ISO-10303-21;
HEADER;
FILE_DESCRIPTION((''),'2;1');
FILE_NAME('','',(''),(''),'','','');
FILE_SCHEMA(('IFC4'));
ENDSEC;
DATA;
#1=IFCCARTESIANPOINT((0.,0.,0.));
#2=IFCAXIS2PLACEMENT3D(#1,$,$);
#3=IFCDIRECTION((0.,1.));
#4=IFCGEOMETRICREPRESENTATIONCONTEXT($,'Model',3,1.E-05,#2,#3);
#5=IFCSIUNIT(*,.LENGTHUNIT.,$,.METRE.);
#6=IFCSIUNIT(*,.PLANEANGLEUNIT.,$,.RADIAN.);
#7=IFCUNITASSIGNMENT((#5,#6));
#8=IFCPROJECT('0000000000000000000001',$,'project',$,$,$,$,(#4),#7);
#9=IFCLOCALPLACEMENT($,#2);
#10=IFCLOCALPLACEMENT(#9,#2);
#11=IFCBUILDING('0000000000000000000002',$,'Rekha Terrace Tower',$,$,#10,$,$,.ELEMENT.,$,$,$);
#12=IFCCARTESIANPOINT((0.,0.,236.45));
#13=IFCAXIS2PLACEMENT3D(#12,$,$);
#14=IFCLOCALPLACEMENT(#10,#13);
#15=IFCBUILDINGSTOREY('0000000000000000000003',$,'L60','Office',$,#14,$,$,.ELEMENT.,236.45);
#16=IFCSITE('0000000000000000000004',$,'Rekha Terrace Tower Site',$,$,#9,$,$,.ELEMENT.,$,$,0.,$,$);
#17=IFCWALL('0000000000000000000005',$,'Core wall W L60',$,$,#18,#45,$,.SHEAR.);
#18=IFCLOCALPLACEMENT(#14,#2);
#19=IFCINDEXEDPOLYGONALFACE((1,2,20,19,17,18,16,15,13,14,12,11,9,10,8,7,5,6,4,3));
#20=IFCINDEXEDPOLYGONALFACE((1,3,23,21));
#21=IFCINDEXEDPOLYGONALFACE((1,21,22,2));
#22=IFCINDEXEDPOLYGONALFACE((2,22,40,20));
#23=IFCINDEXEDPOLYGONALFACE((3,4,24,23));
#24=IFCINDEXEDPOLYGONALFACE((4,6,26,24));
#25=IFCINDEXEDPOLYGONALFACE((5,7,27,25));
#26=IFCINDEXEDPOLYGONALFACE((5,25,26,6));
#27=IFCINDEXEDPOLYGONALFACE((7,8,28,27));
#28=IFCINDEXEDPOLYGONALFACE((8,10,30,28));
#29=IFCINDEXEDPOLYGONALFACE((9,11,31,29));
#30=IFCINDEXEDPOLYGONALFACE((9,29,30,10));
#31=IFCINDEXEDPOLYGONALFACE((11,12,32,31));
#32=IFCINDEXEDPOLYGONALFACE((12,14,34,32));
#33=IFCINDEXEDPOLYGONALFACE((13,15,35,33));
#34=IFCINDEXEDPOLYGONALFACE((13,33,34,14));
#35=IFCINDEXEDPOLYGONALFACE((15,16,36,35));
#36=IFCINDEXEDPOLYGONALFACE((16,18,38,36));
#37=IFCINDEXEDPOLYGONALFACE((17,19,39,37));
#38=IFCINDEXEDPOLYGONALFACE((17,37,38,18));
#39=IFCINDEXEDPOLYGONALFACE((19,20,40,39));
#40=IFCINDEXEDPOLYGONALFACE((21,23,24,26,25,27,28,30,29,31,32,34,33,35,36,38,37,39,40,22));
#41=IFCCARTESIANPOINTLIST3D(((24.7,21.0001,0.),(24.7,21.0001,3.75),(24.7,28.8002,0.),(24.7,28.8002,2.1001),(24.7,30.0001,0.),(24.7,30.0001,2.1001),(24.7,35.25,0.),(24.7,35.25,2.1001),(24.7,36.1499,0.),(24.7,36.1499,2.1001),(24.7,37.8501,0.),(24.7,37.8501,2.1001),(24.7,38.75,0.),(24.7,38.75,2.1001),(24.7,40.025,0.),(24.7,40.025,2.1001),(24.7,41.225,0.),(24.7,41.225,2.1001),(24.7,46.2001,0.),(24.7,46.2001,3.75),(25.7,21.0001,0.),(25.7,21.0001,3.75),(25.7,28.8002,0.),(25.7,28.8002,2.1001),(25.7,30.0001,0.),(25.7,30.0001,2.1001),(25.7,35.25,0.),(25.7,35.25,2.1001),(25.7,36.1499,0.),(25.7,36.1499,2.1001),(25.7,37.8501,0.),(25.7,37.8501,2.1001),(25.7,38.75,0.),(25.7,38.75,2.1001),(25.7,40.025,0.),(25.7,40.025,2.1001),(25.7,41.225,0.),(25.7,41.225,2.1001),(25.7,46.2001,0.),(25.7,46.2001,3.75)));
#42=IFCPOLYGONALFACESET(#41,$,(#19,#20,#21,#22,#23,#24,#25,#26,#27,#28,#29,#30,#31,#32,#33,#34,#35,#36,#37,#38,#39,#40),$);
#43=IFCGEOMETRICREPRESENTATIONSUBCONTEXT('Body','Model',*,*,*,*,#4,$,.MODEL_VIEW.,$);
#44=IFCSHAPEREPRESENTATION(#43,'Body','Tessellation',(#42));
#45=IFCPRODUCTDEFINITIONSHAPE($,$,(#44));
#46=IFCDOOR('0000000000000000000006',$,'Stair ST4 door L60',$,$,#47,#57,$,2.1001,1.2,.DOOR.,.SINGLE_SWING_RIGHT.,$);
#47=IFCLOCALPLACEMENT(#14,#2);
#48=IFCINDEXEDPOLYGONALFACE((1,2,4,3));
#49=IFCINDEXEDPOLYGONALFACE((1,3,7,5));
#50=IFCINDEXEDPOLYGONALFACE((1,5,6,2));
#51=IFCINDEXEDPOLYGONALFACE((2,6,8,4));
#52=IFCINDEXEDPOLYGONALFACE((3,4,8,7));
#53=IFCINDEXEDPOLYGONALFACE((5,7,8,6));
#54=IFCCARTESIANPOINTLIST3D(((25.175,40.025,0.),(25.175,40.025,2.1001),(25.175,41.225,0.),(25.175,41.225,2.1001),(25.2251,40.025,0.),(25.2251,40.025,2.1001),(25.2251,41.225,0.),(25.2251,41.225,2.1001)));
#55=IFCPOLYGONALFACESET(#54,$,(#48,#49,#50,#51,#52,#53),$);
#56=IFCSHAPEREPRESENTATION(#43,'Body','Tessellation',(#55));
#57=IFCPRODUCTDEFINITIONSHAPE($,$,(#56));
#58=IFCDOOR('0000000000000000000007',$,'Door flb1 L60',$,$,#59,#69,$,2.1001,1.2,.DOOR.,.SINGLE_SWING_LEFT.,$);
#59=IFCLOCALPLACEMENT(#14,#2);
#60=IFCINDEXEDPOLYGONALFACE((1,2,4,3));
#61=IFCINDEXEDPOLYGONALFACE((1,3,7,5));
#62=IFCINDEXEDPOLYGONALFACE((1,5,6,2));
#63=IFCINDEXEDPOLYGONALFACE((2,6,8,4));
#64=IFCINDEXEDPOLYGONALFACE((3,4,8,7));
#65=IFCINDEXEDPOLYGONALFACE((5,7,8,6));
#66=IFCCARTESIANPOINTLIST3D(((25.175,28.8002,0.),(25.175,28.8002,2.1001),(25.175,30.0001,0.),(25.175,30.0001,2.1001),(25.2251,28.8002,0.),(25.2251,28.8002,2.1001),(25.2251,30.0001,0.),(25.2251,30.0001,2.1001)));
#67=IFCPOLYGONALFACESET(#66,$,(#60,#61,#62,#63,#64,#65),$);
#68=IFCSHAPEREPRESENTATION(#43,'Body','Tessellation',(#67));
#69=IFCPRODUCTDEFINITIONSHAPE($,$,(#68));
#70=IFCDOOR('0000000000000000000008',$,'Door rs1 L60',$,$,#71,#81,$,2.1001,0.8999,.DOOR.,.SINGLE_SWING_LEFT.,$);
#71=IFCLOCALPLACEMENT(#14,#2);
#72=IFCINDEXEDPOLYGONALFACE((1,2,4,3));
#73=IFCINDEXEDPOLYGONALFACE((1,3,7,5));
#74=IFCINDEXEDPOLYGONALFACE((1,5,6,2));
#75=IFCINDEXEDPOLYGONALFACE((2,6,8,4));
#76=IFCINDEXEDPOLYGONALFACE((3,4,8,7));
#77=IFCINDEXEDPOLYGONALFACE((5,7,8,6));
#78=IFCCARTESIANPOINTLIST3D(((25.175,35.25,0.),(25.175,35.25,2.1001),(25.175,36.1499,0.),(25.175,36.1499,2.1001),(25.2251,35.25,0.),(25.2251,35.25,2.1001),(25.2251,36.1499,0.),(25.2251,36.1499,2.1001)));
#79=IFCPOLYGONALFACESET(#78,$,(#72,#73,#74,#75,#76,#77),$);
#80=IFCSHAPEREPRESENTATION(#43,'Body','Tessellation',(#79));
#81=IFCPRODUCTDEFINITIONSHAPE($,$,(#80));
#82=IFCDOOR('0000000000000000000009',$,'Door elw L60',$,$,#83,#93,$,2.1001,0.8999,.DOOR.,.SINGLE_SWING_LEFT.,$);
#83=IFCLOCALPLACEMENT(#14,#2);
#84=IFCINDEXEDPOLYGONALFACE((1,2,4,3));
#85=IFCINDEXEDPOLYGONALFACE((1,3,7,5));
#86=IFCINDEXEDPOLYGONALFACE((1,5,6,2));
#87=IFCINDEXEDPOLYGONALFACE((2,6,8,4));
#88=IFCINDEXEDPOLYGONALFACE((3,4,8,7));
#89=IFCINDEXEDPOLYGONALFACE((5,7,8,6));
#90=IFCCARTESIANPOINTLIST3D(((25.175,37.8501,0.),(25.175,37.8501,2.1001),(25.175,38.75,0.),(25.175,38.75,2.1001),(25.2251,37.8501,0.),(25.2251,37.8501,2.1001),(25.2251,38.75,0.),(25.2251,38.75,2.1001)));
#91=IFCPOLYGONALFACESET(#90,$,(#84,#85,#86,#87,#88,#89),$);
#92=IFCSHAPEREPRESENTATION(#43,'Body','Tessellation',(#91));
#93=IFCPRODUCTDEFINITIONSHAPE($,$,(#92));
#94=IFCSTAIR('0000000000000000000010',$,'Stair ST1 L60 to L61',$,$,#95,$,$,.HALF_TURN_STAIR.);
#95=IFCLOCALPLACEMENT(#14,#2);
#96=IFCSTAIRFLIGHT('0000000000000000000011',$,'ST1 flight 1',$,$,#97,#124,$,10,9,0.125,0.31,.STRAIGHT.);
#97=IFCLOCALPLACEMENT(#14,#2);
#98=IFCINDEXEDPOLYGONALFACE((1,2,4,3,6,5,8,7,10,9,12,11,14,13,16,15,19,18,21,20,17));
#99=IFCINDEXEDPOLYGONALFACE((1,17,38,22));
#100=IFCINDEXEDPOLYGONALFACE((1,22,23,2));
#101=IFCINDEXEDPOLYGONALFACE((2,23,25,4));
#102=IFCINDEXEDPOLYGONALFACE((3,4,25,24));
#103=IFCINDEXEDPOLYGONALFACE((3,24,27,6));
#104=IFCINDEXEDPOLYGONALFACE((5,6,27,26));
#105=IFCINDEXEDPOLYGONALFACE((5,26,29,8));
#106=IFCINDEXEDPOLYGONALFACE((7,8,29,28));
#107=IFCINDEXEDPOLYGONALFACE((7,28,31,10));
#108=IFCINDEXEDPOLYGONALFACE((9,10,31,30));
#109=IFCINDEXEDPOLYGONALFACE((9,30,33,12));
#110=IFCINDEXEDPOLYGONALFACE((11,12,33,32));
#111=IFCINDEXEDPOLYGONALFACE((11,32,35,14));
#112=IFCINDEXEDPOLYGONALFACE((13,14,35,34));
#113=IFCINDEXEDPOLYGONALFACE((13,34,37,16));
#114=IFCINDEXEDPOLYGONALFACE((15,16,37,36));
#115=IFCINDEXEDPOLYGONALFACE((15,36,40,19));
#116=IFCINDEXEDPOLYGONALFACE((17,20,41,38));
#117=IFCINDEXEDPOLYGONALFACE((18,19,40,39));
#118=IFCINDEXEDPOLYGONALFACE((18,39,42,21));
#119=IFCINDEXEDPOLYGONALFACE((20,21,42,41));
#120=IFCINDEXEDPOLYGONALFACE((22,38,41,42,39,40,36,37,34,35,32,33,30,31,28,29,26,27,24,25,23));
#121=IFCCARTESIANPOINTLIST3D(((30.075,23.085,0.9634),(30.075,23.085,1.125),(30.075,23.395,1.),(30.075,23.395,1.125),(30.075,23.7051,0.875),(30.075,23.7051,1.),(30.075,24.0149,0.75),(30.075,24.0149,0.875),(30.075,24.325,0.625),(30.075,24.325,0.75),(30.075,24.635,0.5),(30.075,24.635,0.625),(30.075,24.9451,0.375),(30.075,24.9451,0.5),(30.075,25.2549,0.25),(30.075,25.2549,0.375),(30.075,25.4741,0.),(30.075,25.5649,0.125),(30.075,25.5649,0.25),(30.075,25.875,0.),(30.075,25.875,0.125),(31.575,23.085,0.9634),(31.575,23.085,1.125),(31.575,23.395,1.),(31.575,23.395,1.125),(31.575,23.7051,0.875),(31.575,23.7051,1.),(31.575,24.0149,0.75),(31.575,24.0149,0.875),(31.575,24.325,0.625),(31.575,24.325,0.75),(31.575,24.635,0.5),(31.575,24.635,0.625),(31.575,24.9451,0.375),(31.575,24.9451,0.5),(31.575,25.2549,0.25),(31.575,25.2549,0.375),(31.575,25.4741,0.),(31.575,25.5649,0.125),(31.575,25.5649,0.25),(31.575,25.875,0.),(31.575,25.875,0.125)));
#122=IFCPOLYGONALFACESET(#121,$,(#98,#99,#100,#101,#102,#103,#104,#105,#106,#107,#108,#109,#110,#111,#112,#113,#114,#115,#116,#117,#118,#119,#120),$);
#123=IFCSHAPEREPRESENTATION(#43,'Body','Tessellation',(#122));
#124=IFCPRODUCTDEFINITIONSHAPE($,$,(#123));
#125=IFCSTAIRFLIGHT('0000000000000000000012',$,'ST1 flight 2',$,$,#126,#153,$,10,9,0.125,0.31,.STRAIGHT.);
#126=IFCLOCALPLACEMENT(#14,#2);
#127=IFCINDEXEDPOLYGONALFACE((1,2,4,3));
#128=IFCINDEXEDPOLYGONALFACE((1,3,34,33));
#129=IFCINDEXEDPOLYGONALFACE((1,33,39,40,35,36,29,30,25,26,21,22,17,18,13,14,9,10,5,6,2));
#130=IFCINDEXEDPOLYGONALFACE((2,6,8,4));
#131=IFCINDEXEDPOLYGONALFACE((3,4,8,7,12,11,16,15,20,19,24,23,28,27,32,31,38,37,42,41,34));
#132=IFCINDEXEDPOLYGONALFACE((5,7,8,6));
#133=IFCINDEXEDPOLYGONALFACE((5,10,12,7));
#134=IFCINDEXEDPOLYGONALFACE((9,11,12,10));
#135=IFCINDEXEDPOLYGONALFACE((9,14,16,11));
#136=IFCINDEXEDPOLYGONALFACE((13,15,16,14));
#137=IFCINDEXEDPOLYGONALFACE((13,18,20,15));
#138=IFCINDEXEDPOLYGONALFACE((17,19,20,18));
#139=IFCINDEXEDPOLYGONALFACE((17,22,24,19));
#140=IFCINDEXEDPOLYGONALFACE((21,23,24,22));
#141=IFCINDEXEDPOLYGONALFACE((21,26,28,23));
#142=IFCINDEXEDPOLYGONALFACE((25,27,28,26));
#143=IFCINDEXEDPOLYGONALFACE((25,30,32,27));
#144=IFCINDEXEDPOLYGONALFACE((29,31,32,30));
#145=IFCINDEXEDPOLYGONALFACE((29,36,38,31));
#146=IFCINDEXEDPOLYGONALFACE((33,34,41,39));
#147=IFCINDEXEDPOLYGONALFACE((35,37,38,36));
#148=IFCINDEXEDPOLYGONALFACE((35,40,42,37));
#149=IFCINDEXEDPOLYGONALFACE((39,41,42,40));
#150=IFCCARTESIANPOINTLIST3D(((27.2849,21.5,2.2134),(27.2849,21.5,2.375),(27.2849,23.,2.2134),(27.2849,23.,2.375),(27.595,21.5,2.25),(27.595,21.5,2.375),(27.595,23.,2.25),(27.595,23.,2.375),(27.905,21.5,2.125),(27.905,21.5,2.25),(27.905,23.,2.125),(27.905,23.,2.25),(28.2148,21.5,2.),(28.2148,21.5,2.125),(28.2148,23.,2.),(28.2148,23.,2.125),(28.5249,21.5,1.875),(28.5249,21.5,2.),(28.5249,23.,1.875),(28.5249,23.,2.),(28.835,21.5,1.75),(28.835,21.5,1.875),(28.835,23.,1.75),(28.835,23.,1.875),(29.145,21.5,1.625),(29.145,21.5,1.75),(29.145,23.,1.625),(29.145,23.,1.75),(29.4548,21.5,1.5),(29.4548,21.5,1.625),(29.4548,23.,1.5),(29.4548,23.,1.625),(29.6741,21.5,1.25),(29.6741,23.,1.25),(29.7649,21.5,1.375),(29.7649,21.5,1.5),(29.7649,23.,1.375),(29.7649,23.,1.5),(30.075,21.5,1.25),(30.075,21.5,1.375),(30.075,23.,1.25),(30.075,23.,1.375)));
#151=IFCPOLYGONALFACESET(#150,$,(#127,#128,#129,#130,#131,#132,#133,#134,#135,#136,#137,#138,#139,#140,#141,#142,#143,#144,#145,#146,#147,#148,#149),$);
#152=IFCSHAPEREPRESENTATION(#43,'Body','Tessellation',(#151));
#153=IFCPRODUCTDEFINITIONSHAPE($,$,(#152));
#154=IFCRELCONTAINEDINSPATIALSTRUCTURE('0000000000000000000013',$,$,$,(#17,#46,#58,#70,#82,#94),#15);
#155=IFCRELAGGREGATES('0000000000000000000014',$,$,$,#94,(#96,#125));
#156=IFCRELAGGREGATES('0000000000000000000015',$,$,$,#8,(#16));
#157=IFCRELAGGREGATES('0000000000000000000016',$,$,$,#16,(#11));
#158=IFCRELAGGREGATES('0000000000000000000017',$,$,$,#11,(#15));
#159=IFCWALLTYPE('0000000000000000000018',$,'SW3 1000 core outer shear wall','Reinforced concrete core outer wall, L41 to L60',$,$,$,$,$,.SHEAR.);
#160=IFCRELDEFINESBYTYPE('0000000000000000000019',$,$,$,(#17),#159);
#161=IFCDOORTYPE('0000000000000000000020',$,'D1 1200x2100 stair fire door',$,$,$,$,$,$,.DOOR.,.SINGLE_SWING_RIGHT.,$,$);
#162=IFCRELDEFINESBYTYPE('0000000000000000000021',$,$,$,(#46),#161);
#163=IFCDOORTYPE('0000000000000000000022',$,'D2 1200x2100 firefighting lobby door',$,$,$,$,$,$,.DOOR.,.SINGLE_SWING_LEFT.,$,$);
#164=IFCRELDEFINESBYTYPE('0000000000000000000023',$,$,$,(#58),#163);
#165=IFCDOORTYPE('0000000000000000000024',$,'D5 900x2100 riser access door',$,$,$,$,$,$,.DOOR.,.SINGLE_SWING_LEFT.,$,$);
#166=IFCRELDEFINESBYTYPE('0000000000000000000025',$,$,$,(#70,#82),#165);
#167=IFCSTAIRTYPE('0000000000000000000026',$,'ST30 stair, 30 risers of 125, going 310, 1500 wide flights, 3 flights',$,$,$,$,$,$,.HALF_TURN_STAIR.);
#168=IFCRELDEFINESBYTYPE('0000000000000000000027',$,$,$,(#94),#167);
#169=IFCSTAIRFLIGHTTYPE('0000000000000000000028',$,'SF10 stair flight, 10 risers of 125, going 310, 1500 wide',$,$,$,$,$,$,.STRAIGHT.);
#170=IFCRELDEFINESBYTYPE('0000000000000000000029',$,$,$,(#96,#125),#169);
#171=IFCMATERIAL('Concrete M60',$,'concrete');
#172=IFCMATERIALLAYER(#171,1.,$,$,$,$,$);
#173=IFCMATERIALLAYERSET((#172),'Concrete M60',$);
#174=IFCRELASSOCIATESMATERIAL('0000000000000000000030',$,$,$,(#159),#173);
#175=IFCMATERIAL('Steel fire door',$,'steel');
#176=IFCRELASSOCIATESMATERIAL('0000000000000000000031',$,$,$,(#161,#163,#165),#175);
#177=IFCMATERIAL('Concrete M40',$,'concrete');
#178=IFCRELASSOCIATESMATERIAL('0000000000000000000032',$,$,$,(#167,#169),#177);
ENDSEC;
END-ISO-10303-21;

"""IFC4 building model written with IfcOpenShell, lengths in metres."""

from ifc_helpers import new_model, si_unit, direction, frame, frame_2d, origin, place, context, subcontext, project, spatial, polyline, rectangle, outline, extrude, material, layer, layer_set, type_object, element, fill, aggregate, save


model = new_model("IFC4")

# Units and contexts
model_context = context("Model", 3, precision=1e-05, world=origin(), true_north=direction((0.0, 1.0)))
body_context = subcontext(model_context, "Body", "Model", "MODEL_VIEW")
ifc_project = project(units=[si_unit("LENGTHUNIT", "METRE"), si_unit("PLANEANGLEUNIT", "RADIAN")], contexts=[model_context])

# Site, building, storey
site_placement = place(None, origin())
site = spatial("IfcSite", under=ifc_project, at=site_placement, Name="Rekha Terrace Tower Site", CompositionType="ELEMENT", RefElevation=0.0)
building_placement = place(site_placement, origin())
building = spatial("IfcBuilding", under=site, at=building_placement, Name="Rekha Terrace Tower", CompositionType="ELEMENT")
storey_placement = place(building_placement, frame((0.0, 0.0, 236.45)))
storey = spatial("IfcBuildingStorey", under=building, at=storey_placement, Name="L60", Description="Office", CompositionType="ELEMENT", Elevation=236.45)

# Shared definitions
ifc_material_1 = material(Name="Concrete M60", Category="concrete")

# Shared definitions
ifc_layer_1 = layer(ifc_material_1, 1.0)
ifc_layer_set_1 = layer_set([ifc_layer_1], Name="Concrete M60")
wall_type = type_object("IfcWallType", Name="SW3 1000 core outer shear wall", Description="Reinforced concrete core outer wall, L41 to L60", PredefinedType="SHEAR", material=ifc_layer_set_1)

# Wall, openings, doors
wall_1_placement = place(storey_placement, frame((25.2, 21.0, 0.0), z_axis=(0.0, 0.0, 1.0), x_axis=(0.0, 1.0, 0.0)))
wall_1 = element("IfcWall", 1, at=wall_1_placement, inside=storey, type_object=wall_type, Name="Core wall W L60", PredefinedType="SHEAR", context=body_context, shape_type="SweptSolid", body=[
    extrude(rectangle(XDim=25.2, YDim=1.0, at=frame_2d((12.6001, 0.0))), origin(), (0.0, 0.0, 1.0), 3.75),
])
opening_1_placement = place(wall_1_placement, frame((7.8, 0.0, 0.0)))
opening_1 = element("IfcOpeningElement", 2, at=opening_1_placement, cuts=wall_1, PredefinedType="OPENING", context=body_context, shape_type="SweptSolid", body=[
    extrude(rectangle(XDim=1.2, YDim=2.1001, at=frame_2d((0.6001, 1.05))), frame((0.0, 0.51, 0.0), z_axis=(0.0, -1.0, 0.0), x_axis=(1.0, 0.0, 0.0)), (0.0, 0.0, 1.0), 1.02),
])
opening_2_placement = place(wall_1_placement, frame((14.25, 0.0, 0.0)))
opening_2 = element("IfcOpeningElement", 3, at=opening_2_placement, cuts=wall_1, PredefinedType="OPENING", context=body_context, shape_type="SweptSolid", body=[
    extrude(rectangle(XDim=0.8999, YDim=2.1001, at=frame_2d((0.45, 1.05))), frame((0.0, 0.51, 0.0), z_axis=(0.0, -1.0, 0.0), x_axis=(1.0, 0.0, 0.0)), (0.0, 0.0, 1.0), 1.02),
])
opening_3_placement = place(wall_1_placement, frame((16.8501, 0.0, 0.0)))
opening_3 = element("IfcOpeningElement", 4, at=opening_3_placement, cuts=wall_1, PredefinedType="OPENING", context=body_context, shape_type="SweptSolid", body=[
    extrude(rectangle(XDim=0.8999, YDim=2.1001, at=frame_2d((0.45, 1.05))), frame((0.0, 0.51, 0.0), z_axis=(0.0, -1.0, 0.0), x_axis=(1.0, 0.0, 0.0)), (0.0, 0.0, 1.0), 1.02),
])
opening_4_placement = place(wall_1_placement, frame((19.0249, 0.0, 0.0)))
opening_4 = element("IfcOpeningElement", 5, at=opening_4_placement, cuts=wall_1, PredefinedType="OPENING", context=body_context, shape_type="SweptSolid", body=[
    extrude(rectangle(XDim=1.2, YDim=2.1001, at=frame_2d((0.6001, 1.05))), frame((0.0, 0.51, 0.0), z_axis=(0.0, -1.0, 0.0), x_axis=(1.0, 0.0, 0.0)), (0.0, 0.0, 1.0), 1.02),
])
ifc_material_2 = material(Name="Steel fire door", Category="steel")
door_type_1 = type_object("IfcDoorType", Name="D1 1200x2100 stair fire door", OperationType="SINGLE_SWING_RIGHT", PredefinedType="DOOR", material=ifc_material_2)
door_1_placement = place(opening_4_placement, origin())
door_1 = element("IfcDoor", 6, at=door_1_placement, inside=storey, type_object=door_type_1, Name="Stair ST4 door L60", OperationType="SINGLE_SWING_RIGHT", OverallHeight=2.1001, OverallWidth=1.2, PredefinedType="DOOR", context=body_context, shape_type="SweptSolid", body=[
    extrude(rectangle(XDim=1.2, YDim=2.1001, at=frame_2d((0.6001, 1.05))), frame((0.0, 0.0249, 0.0), z_axis=(0.0, -1.0, 0.0), x_axis=(1.0, 0.0, 0.0)), (0.0, 0.0, 1.0), 0.05),
])
fill(opening_4, door_1)
door_type_2 = type_object("IfcDoorType", Name="D2 1200x2100 firefighting lobby door", OperationType="SINGLE_SWING_LEFT", PredefinedType="DOOR", material=ifc_material_2)
door_2_placement = place(opening_1_placement, origin())
door_2 = element("IfcDoor", 7, at=door_2_placement, inside=storey, type_object=door_type_2, Name="Door flb1 L60", OperationType="SINGLE_SWING_LEFT", OverallHeight=2.1001, OverallWidth=1.2, PredefinedType="DOOR", context=body_context, shape_type="SweptSolid", body=[
    extrude(rectangle(XDim=1.2, YDim=2.1001, at=frame_2d((0.6001, 1.05))), frame((0.0, 0.0249, 0.0), z_axis=(0.0, -1.0, 0.0), x_axis=(1.0, 0.0, 0.0)), (0.0, 0.0, 1.0), 0.05),
])
fill(opening_1, door_2)
door_type_3 = type_object("IfcDoorType", Name="D5 900x2100 riser access door", OperationType="SINGLE_SWING_LEFT", PredefinedType="DOOR", material=ifc_material_2)
door_3_placement = place(opening_2_placement, origin())
door_3 = element("IfcDoor", 8, at=door_3_placement, inside=storey, type_object=door_type_3, Name="Door rs1 L60", OperationType="SINGLE_SWING_LEFT", OverallHeight=2.1001, OverallWidth=0.8999, PredefinedType="DOOR", context=body_context, shape_type="SweptSolid", body=[
    extrude(rectangle(XDim=0.8999, YDim=2.1001, at=frame_2d((0.45, 1.05))), frame((0.0, 0.0249, 0.0), z_axis=(0.0, -1.0, 0.0), x_axis=(1.0, 0.0, 0.0)), (0.0, 0.0, 1.0), 0.05),
])
fill(opening_2, door_3)
door_4_placement = place(opening_3_placement, origin())
door_4 = element("IfcDoor", 9, at=door_4_placement, inside=storey, type_object=door_type_3, Name="Door elw L60", OperationType="SINGLE_SWING_LEFT", OverallHeight=2.1001, OverallWidth=0.8999, PredefinedType="DOOR", context=body_context, shape_type="SweptSolid", body=[
    extrude(rectangle(XDim=0.8999, YDim=2.1001, at=frame_2d((0.45, 1.05))), frame((0.0, 0.0249, 0.0), z_axis=(0.0, -1.0, 0.0), x_axis=(1.0, 0.0, 0.0)), (0.0, 0.0, 1.0), 0.05),
])
fill(opening_3, door_4)

# Stair, stair flights
ifc_material_3 = material(Name="Concrete M40", Category="concrete")
stair_type = type_object("IfcStairType", Name="ST30 stair, 30 risers of 125, going 310, 1500 wide flights, 3 flights", PredefinedType="HALF_TURN_STAIR", material=ifc_material_3)
stair_placement = place(storey_placement, origin())
stair = element("IfcStair", 10, at=stair_placement, inside=storey, type_object=stair_type, Name="Stair ST1 L60 to L61", PredefinedType="HALF_TURN_STAIR")
stair_flight_type = type_object("IfcStairFlightType", Name="SF10 stair flight, 10 risers of 125, going 310, 1500 wide", PredefinedType="STRAIGHT", material=ifc_material_3)
stair_flight_1_placement = place(storey_placement, frame((30.825, 25.875, 0.0), z_axis=(0.0, 0.0, 1.0), x_axis=(0.0, -1.0, 0.0)))
stair_flight_1 = element("IfcStairFlight", 11, at=stair_flight_1_placement, type_object=stair_flight_type, Name="ST1 flight 1", NumberOfRisers=10, NumberOfTreads=9, PredefinedType="STRAIGHT", RiserHeight=0.125, TreadLength=0.31, context=body_context, shape_type="SweptSolid", body=[
    extrude(outline(polyline([(0.0, 0.0), (0.0, 0.125), (0.3101, 0.125), (0.3101, 0.25), (0.6201, 0.25), (0.6201, 0.375), (0.9299, 0.375), (0.9299, 0.5), (1.24, 0.5), (1.24, 0.625), (1.55, 0.625), (1.55, 0.75), (1.8601, 0.75), (1.8601, 0.875), (2.1699, 0.875), (2.1699, 1.0), (2.48, 1.0), (2.48, 1.125), (2.79, 1.125), (2.79, 1.25), (2.79, 0.9634), (0.4009, 0.0), (0.0, 0.0)])), frame((0.0, 0.75, 0.0), z_axis=(0.0, -1.0, 0.0), x_axis=(1.0, 0.0, 0.0)), (0.0, 0.0, 1.0), 1.5),
])
stair_flight_2_placement = place(storey_placement, frame((30.075, 22.25, 1.25), z_axis=(0.0, 0.0, 1.0), x_axis=(-1.0, 0.0, 0.0)))
stair_flight_2 = element("IfcStairFlight", 12, at=stair_flight_2_placement, type_object=stair_flight_type, Name="ST1 flight 2", NumberOfRisers=10, NumberOfTreads=9, PredefinedType="STRAIGHT", RiserHeight=0.125, TreadLength=0.31, context=body_context, shape_type="SweptSolid", body=[
    extrude(outline(polyline([(0.0, 0.0), (0.0, 0.125), (0.3101, 0.125), (0.3101, 0.25), (0.6201, 0.25), (0.6201, 0.375), (0.9299, 0.375), (0.9299, 0.5), (1.24, 0.5), (1.24, 0.625), (1.55, 0.625), (1.55, 0.75), (1.8601, 0.75), (1.8601, 0.875), (2.1699, 0.875), (2.1699, 1.0), (2.48, 1.0), (2.48, 1.125), (2.79, 1.125), (2.79, 1.25), (2.79, 0.9634), (0.4009, 0.0), (0.0, 0.0)])), frame((0.0, 0.75, 0.0), z_axis=(0.0, -1.0, 0.0), x_axis=(1.0, 0.0, 0.0)), (0.0, 0.0, 1.0), 1.5),
])
aggregate(stair, [stair_flight_1, stair_flight_2])

save(model, "model.ifc")
